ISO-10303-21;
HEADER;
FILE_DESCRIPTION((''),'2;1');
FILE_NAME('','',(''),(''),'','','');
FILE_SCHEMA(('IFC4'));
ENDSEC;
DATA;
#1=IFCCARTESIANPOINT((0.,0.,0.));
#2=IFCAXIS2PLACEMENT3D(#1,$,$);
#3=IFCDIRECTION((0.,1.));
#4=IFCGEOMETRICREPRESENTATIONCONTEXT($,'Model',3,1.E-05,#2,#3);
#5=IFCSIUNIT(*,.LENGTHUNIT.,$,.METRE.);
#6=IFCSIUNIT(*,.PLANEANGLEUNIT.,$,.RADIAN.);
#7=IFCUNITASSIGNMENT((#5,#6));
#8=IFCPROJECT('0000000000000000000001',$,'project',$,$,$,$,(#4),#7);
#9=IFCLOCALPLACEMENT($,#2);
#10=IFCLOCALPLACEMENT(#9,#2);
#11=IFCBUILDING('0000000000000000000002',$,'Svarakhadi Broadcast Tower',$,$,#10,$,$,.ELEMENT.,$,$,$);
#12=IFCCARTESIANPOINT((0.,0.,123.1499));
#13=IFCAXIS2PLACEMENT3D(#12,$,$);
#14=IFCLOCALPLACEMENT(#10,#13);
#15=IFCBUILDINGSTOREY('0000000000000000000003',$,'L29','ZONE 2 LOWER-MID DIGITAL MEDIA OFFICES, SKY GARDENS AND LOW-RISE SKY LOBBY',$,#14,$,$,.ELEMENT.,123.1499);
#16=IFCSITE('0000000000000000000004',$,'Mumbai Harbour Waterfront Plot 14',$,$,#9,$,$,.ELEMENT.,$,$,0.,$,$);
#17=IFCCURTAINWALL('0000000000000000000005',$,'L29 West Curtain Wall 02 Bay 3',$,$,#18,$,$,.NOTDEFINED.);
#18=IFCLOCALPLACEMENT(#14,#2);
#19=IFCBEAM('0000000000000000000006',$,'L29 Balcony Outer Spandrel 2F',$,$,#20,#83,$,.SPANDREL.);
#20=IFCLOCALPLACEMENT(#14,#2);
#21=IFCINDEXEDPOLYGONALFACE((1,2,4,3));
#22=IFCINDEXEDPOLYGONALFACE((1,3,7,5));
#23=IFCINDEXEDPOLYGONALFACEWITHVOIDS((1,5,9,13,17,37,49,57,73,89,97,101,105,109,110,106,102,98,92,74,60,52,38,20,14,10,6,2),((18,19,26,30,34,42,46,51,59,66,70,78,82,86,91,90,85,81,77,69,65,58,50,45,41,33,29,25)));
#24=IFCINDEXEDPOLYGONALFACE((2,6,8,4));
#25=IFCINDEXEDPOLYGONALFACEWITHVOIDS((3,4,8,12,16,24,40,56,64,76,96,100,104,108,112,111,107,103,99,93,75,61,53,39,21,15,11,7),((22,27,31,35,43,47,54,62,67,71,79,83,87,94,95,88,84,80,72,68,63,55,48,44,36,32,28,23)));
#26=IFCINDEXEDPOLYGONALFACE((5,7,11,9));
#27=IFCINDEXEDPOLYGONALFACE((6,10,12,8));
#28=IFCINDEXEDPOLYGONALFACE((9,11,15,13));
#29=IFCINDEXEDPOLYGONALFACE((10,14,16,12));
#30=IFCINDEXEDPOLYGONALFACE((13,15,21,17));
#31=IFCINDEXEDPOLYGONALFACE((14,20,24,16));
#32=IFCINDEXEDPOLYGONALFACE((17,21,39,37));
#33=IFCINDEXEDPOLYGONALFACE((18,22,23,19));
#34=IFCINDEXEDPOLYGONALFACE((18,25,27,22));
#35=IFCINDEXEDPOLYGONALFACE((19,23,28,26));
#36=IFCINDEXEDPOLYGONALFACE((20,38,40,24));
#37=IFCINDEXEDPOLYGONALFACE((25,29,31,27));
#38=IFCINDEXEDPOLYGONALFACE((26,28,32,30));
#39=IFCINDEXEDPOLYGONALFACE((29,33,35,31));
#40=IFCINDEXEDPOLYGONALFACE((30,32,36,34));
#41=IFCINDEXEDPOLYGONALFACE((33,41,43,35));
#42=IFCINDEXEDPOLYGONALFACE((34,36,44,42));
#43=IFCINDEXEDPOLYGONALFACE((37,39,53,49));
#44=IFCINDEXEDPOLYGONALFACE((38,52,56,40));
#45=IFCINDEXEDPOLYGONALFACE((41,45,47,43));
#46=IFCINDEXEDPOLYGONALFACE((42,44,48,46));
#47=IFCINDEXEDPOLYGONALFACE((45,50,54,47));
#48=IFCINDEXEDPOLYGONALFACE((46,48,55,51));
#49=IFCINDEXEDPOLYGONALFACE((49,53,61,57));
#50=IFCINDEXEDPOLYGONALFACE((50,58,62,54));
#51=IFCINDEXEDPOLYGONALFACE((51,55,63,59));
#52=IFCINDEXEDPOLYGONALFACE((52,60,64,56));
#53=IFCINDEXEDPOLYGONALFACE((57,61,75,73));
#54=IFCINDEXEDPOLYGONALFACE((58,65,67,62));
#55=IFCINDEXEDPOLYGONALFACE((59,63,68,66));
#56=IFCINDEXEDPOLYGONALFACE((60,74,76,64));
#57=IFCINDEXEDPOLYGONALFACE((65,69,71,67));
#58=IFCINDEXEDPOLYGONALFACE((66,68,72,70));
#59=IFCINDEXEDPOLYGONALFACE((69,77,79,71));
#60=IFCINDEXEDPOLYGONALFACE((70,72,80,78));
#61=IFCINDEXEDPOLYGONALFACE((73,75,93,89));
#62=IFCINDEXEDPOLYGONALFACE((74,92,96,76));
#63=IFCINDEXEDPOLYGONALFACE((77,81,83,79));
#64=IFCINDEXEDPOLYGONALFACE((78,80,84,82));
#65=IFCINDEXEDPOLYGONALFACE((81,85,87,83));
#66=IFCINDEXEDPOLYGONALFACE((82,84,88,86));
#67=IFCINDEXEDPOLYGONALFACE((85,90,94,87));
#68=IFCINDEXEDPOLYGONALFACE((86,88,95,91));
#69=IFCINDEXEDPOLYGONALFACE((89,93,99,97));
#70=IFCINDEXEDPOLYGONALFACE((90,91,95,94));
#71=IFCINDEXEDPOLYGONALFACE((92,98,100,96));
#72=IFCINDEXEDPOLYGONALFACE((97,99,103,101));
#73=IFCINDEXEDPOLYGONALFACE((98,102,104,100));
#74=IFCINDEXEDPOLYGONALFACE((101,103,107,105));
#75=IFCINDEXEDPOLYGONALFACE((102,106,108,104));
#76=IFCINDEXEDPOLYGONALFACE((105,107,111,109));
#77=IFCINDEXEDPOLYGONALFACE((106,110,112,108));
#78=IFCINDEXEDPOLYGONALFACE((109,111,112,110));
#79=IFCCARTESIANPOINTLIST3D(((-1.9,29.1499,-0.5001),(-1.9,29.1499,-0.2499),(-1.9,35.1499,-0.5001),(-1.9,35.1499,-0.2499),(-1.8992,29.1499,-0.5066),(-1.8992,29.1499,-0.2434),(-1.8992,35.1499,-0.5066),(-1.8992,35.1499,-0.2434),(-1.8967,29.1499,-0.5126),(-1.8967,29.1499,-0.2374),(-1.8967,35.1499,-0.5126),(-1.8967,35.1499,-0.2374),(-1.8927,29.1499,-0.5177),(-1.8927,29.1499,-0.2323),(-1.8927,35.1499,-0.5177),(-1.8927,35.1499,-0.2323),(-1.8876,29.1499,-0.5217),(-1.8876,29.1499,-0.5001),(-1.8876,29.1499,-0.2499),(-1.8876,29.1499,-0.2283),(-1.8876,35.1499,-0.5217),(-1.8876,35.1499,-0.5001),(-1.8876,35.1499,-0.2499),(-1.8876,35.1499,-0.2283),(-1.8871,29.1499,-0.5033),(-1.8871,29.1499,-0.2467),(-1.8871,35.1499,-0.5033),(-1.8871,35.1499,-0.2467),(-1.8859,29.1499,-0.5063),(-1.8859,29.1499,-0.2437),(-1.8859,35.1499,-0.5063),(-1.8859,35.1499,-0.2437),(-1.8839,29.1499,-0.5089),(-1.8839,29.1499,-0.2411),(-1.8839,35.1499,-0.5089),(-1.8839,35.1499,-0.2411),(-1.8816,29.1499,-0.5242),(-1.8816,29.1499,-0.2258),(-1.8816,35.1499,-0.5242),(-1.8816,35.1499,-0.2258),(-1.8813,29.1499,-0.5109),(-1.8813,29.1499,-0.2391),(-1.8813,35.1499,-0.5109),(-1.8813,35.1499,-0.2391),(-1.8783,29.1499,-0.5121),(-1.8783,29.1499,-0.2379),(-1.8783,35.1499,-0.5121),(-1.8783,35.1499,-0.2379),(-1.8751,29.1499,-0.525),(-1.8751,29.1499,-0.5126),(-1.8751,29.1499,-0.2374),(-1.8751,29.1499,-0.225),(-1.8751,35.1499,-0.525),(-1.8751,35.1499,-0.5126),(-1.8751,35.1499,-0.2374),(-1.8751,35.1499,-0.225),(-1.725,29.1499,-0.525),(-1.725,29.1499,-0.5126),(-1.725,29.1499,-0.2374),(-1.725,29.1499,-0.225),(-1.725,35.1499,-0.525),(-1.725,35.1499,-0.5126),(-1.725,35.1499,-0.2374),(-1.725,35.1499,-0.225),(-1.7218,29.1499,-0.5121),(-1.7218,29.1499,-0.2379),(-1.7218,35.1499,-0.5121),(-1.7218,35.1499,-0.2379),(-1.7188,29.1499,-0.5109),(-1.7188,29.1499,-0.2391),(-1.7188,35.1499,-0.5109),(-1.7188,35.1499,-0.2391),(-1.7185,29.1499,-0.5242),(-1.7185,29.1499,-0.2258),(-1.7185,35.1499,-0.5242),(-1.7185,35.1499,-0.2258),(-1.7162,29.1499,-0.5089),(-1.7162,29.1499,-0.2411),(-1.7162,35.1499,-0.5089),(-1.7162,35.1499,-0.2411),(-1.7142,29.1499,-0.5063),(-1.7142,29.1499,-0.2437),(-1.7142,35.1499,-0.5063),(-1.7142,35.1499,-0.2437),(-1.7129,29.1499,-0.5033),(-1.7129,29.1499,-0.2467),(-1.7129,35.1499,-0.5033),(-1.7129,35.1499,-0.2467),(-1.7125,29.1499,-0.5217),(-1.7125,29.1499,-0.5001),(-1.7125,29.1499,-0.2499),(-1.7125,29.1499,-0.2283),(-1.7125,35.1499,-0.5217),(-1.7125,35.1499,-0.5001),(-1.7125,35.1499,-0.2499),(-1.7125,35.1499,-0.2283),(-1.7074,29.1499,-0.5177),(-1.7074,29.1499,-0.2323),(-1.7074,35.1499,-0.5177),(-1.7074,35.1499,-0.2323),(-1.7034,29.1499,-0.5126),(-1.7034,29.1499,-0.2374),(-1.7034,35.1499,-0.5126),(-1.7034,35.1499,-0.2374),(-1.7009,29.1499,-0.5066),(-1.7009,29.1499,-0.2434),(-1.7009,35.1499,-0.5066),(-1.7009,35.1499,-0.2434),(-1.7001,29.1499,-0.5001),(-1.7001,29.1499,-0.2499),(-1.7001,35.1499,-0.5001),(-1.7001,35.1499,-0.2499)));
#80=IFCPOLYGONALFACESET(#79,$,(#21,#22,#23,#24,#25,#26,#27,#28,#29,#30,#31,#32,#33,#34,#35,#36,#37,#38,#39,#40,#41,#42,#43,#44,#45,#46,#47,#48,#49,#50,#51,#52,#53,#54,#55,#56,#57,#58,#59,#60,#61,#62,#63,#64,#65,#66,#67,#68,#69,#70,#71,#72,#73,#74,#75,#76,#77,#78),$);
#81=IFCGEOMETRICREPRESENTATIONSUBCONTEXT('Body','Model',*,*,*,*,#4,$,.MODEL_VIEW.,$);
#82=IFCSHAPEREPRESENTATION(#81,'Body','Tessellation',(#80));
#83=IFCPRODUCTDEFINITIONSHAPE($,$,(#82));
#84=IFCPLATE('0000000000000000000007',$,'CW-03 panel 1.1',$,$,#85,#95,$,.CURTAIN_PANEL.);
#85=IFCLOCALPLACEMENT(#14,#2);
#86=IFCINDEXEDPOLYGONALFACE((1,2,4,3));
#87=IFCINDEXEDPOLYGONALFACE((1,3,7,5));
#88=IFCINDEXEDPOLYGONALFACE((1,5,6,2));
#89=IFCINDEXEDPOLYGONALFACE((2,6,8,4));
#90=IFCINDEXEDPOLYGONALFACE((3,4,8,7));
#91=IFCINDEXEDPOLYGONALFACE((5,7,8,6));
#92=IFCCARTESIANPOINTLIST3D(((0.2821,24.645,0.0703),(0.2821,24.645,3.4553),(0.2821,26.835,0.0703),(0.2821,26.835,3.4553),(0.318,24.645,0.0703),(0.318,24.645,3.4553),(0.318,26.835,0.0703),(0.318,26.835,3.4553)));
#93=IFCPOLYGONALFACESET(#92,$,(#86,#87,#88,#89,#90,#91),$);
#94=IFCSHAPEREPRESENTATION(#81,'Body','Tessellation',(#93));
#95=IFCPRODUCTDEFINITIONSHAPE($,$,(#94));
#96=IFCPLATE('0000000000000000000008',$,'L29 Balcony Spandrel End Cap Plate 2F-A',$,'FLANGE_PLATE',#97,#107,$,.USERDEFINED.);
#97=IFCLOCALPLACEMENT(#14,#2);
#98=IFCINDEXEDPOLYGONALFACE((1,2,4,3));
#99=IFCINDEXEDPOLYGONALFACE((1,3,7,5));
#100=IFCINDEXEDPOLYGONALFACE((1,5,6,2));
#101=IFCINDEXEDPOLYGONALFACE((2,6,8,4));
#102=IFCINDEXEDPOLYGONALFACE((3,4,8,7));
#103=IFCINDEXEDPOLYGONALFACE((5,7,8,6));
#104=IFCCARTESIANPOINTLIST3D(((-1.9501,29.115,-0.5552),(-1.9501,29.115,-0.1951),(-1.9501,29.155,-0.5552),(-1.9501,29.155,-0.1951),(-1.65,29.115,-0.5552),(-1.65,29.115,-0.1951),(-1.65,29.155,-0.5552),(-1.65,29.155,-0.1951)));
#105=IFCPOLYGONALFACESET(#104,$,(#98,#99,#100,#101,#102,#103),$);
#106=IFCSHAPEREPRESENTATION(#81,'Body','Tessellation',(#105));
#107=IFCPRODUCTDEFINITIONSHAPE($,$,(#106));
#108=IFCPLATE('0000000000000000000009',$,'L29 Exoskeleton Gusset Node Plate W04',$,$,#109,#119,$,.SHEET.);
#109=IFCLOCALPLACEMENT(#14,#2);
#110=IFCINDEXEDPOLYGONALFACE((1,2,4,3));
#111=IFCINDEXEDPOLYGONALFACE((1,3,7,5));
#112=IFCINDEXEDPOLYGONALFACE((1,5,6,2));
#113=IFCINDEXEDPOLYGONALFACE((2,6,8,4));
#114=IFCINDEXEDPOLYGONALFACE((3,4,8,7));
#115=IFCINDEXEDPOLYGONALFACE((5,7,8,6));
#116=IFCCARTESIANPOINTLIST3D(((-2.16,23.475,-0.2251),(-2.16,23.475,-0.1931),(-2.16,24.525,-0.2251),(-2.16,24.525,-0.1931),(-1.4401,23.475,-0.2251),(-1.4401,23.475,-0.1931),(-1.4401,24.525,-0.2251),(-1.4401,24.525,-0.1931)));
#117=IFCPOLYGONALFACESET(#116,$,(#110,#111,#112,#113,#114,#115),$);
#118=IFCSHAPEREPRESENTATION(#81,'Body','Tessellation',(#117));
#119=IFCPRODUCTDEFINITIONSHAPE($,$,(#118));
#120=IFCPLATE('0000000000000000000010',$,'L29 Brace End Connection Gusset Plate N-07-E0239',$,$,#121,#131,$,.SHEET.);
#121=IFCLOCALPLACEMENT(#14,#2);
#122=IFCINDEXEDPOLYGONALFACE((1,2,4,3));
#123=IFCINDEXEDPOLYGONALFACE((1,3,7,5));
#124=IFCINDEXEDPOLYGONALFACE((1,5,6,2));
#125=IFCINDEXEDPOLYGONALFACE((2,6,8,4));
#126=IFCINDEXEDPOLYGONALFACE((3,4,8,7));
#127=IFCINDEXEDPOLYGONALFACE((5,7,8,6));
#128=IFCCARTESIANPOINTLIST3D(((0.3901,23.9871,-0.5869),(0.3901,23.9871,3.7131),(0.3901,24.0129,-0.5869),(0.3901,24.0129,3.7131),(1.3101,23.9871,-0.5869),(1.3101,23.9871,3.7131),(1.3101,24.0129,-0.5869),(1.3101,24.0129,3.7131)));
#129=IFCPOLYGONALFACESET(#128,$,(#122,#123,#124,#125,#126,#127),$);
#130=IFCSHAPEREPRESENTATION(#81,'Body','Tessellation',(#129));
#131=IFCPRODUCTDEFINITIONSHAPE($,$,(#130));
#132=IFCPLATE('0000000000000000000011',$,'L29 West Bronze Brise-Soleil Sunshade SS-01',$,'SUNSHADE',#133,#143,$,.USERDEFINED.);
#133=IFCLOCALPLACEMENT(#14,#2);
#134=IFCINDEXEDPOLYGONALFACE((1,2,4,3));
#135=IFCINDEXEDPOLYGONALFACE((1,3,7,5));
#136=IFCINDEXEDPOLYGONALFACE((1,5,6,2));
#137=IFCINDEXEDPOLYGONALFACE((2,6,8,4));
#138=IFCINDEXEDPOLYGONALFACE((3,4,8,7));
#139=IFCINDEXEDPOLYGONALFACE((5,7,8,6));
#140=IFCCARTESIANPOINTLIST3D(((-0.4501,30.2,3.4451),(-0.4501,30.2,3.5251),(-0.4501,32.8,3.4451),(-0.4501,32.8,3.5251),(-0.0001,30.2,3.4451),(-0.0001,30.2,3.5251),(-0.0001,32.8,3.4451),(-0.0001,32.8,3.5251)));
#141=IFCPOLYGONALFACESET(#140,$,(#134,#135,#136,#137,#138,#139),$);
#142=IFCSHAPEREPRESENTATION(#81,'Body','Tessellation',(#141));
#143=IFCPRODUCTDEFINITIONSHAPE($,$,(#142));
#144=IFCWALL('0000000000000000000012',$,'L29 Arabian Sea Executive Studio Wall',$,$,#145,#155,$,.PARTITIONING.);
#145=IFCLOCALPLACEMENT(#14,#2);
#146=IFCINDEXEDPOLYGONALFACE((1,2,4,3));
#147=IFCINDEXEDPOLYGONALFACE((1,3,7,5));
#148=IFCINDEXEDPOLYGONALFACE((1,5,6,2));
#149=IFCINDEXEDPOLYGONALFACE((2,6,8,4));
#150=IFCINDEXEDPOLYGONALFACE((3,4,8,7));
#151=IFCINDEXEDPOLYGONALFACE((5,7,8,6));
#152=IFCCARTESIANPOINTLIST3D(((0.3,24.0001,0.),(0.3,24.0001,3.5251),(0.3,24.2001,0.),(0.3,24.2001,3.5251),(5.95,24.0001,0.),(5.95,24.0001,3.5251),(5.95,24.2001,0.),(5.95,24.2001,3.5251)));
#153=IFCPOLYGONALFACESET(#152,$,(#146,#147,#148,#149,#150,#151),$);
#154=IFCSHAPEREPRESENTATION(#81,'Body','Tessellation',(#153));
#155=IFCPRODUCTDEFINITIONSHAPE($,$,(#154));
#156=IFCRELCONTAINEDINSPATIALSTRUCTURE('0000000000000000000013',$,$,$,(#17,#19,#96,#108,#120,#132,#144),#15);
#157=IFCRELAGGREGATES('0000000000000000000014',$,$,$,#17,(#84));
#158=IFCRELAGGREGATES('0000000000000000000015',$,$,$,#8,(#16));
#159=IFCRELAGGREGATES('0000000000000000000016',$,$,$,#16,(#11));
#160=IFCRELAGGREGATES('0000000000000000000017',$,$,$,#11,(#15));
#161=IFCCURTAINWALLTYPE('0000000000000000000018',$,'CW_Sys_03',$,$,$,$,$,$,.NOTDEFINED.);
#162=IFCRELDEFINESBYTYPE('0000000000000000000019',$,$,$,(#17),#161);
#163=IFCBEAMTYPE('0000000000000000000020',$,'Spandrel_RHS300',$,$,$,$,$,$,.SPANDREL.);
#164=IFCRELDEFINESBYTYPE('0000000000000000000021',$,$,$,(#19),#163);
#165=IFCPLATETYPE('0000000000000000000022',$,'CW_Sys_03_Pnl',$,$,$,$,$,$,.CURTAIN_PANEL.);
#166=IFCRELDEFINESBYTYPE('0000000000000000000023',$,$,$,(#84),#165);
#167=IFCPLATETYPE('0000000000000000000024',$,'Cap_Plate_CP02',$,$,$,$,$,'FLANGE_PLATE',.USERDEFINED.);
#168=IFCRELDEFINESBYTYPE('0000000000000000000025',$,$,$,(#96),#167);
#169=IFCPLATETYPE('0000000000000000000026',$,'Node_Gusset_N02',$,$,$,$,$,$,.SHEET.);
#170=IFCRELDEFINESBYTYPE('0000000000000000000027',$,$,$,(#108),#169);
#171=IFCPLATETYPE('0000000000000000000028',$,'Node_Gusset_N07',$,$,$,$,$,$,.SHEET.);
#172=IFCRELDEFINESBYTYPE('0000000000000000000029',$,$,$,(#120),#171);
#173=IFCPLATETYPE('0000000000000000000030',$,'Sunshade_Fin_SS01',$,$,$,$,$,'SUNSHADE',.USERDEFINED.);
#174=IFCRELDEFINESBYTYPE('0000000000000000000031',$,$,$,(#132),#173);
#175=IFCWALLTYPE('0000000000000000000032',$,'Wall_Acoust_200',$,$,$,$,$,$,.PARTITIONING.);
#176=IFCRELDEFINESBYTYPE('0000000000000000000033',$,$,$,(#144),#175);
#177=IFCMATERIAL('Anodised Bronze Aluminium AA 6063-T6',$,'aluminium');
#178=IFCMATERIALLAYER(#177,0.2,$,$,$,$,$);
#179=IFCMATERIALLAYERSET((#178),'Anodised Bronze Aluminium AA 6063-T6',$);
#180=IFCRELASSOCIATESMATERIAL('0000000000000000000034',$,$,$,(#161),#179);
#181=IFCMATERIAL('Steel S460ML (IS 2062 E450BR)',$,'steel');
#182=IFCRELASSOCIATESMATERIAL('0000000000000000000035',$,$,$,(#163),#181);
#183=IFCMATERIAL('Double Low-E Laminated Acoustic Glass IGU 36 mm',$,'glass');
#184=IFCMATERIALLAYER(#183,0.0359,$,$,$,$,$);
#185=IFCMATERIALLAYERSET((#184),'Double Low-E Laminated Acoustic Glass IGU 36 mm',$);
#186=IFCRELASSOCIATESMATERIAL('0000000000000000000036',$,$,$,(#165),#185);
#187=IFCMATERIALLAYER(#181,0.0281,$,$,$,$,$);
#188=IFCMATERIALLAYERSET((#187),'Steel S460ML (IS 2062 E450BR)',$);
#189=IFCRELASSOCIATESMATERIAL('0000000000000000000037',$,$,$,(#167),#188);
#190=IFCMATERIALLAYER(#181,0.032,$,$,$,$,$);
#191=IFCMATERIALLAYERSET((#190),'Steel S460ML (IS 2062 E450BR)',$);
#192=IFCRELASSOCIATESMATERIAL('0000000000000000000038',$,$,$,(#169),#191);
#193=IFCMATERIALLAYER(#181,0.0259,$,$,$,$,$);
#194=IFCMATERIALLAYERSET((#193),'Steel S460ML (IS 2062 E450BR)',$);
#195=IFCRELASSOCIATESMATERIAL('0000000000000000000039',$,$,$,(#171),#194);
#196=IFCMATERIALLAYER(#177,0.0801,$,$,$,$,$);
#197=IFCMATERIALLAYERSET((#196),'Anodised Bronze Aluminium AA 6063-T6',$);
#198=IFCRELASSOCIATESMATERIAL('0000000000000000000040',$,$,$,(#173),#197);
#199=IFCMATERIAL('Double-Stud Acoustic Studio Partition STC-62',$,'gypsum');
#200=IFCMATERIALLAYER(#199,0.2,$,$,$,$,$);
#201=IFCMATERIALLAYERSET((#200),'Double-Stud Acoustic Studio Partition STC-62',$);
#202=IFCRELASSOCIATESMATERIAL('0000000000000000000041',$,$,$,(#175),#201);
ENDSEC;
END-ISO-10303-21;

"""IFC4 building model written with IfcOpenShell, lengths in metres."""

from ifc_helpers import new_model, si_unit, direction, frame, frame_2d, origin, origin_2d, place, context, subcontext, project, spatial, rectangle, hollow_rectangle, extrude, material, layer, layer_set, material_profile, profile_set, type_object, element, aggregate, save


model = new_model("IFC4")

# Units and contexts
model_context = context("Model", 3, precision=1e-05, world=origin(), true_north=direction((0.0, 1.0)))
body_context = subcontext(model_context, "Body", "Model", "MODEL_VIEW")
ifc_project = project(units=[si_unit("LENGTHUNIT", "METRE"), si_unit("PLANEANGLEUNIT", "RADIAN")], contexts=[model_context])

# Site, building, storey
site_placement = place(None, origin())
site = spatial("IfcSite", under=ifc_project, at=site_placement, Name="Mumbai Harbour Waterfront Plot 14", CompositionType="ELEMENT", RefElevation=0.0)
building_placement = place(site_placement, origin())
building = spatial("IfcBuilding", under=site, at=building_placement, Name="Svarakhadi Broadcast Tower", CompositionType="ELEMENT")
storey_placement = place(building_placement, frame((0.0, 0.0, 123.1499)))
storey = spatial("IfcBuildingStorey", under=building, at=storey_placement, Name="L29", Description="ZONE 2 LOWER-MID DIGITAL MEDIA OFFICES, SKY GARDENS AND LOW-RISE SKY LOBBY", CompositionType="ELEMENT", Elevation=123.1499)

# Shared definitions
ifc_material_1 = material(Name="Steel S460ML (IS 2062 E450BR)", Category="steel")

# Shared definitions
ifc_material_2 = material(Name="Anodised Bronze Aluminium AA 6063-T6", Category="aluminium")
ifc_layer_1 = layer(ifc_material_2, 0.2)
ifc_layer_set_1 = layer_set([ifc_layer_1], Name="Anodised Bronze Aluminium AA 6063-T6")
curtain_wall_type = type_object("IfcCurtainWallType", Name="CW_Sys_03", PredefinedType="NOTDEFINED", material=ifc_layer_set_1)

# Curtain wall
curtain_wall_1_placement = place(storey_placement, origin())
curtain_wall_1 = element("IfcCurtainWall", 1, at=curtain_wall_1_placement, inside=storey, type_object=curtain_wall_type, Name="L29 West Curtain Wall 02 Bay 3", PredefinedType="NOTDEFINED")

# Beam
ifc_material_profile_1 = material_profile(ifc_material_1, hollow_rectangle(XDim=0.2, YDim=0.3, WallThickness=0.0125, InnerFilletRadius=0.0125, OuterFilletRadius=0.0249, at=origin_2d()), Name="RHS 300x200x12.5")
ifc_profile_set_1 = profile_set([ifc_material_profile_1], Name="Steel S460ML (IS 2062 E450BR)")
beam_type_1 = type_object("IfcBeamType", Name="Spandrel_RHS300", PredefinedType="SPANDREL", material=ifc_profile_set_1)
beam_1_placement = place(storey_placement, frame((-1.8, 29.1499, -0.375), z_axis=(0.0, 1.0, 0.0), x_axis=(-1.0, 0.0, 0.0)))
element("IfcBeam", 2, at=beam_1_placement, inside=storey, type_object=beam_type_1, Name="L29 Balcony Outer Spandrel 2F", PredefinedType="SPANDREL", context=body_context, shape_type="SweptSolid", body=[
    extrude(hollow_rectangle(XDim=0.2, YDim=0.3, WallThickness=0.0125, InnerFilletRadius=0.0125, OuterFilletRadius=0.0249, at=origin_2d()), origin(), (0.0, 0.0, 1.0), 6.0),
])

# Plate
ifc_material_3 = material(Name="Double Low-E Laminated Acoustic Glass IGU 36 mm", Category="glass")
ifc_layer_2 = layer(ifc_material_3, 0.0359)
ifc_layer_set_2 = layer_set([ifc_layer_2], Name="Double Low-E Laminated Acoustic Glass IGU 36 mm")
plate_type_1 = type_object("IfcPlateType", Name="CW_Sys_03_Pnl", PredefinedType="CURTAIN_PANEL", material=ifc_layer_set_2)
plate_1_placement = place(storey_placement, frame((0.3, 25.74, 0.0703), z_axis=(0.0, 0.0, 1.0), x_axis=(0.0, 1.0, 0.0)))
plate_1 = element("IfcPlate", 3, at=plate_1_placement, type_object=plate_type_1, Name="CW-03 panel 1.1", PredefinedType="CURTAIN_PANEL", context=body_context, shape_type="SweptSolid", body=[
    extrude(rectangle(XDim=2.1899, YDim=0.0359, at=origin_2d()), origin(), (0.0, 0.0, 1.0), 3.385),
])
aggregate(curtain_wall_1, [plate_1])

# Plates
ifc_layer_3 = layer(ifc_material_1, 0.0281)
ifc_layer_set_3 = layer_set([ifc_layer_3], Name="Steel S460ML (IS 2062 E450BR)")
plate_type_2 = type_object("IfcPlateType", Name="Cap_Plate_CP02", ElementType="FLANGE_PLATE", PredefinedType="USERDEFINED", material=ifc_layer_set_3)
plate_2_placement = place(storey_placement, frame((-1.8, 29.135, -0.5552), z_axis=(0.0, 0.0, 1.0), x_axis=(1.0, 0.0, 0.0)))
element("IfcPlate", 4, at=plate_2_placement, inside=storey, type_object=plate_type_2, Name="L29 Balcony Spandrel End Cap Plate 2F-A", ObjectType="FLANGE_PLATE", PredefinedType="USERDEFINED", context=body_context, shape_type="SweptSolid", body=[
    extrude(rectangle(XDim=0.3, YDim=0.04, at=origin_2d()), origin(), (0.0, 0.0, 1.0), 0.3601),
])
ifc_layer_4 = layer(ifc_material_1, 0.032)
ifc_layer_set_4 = layer_set([ifc_layer_4], Name="Steel S460ML (IS 2062 E450BR)")
plate_type_3 = type_object("IfcPlateType", Name="Node_Gusset_N02", PredefinedType="SHEET", material=ifc_layer_set_4)
plate_3_placement = place(storey_placement, frame((-1.8, 24.0, -0.2251), z_axis=(0.0, 0.0, 1.0), x_axis=(0.0, 1.0, 0.0)))
element("IfcPlate", 5, at=plate_3_placement, inside=storey, type_object=plate_type_3, Name="L29 Exoskeleton Gusset Node Plate W04", PredefinedType="SHEET", context=body_context, shape_type="SweptSolid", body=[
    extrude(rectangle(XDim=1.05, YDim=0.72, at=origin_2d()), origin(), (0.0, 0.0, 1.0), 0.032),
])
ifc_layer_5 = layer(ifc_material_1, 0.0259)
ifc_layer_set_5 = layer_set([ifc_layer_5], Name="Steel S460ML (IS 2062 E450BR)")
plate_type_4 = type_object("IfcPlateType", Name="Node_Gusset_N07", PredefinedType="SHEET", material=ifc_layer_set_5)
plate_4_placement = place(storey_placement, frame((0.8501, 24.0, -0.5869), z_axis=(0.0, 0.0, 1.0), x_axis=(1.0, 0.0, 0.0)))
element("IfcPlate", 6, at=plate_4_placement, inside=storey, type_object=plate_type_4, Name="L29 Brace End Connection Gusset Plate N-07-E0239", PredefinedType="SHEET", context=body_context, shape_type="SweptSolid", body=[
    extrude(rectangle(XDim=0.9199, YDim=0.0259, at=origin_2d()), origin(), (0.0, 0.0, 1.0), 4.3),
])
ifc_layer_6 = layer(ifc_material_2, 0.0801)
ifc_layer_set_6 = layer_set([ifc_layer_6], Name="Anodised Bronze Aluminium AA 6063-T6")
plate_type_5 = type_object("IfcPlateType", Name="Sunshade_Fin_SS01", ElementType="SUNSHADE", PredefinedType="USERDEFINED", material=ifc_layer_set_6)
plate_5_placement = place(storey_placement, frame((-0.2251, 31.5, 3.4451), z_axis=(0.0, 0.0, 1.0), x_axis=(0.0, 1.0, 0.0)))
element("IfcPlate", 7, at=plate_5_placement, inside=storey, type_object=plate_type_5, Name="L29 West Bronze Brise-Soleil Sunshade SS-01", ObjectType="SUNSHADE", PredefinedType="USERDEFINED", context=body_context, shape_type="SweptSolid", body=[
    extrude(rectangle(XDim=2.6001, YDim=0.45, at=origin_2d()), origin(), (0.0, 0.0, 1.0), 0.0801),
])

# Wall
ifc_material_4 = material(Name="Double-Stud Acoustic Studio Partition STC-62", Category="gypsum")
ifc_layer_7 = layer(ifc_material_4, 0.2)
ifc_layer_set_7 = layer_set([ifc_layer_7], Name="Double-Stud Acoustic Studio Partition STC-62")
wall_type_1 = type_object("IfcWallType", Name="Wall_Acoust_200", PredefinedType="PARTITIONING", material=ifc_layer_set_7)
wall_1_placement = place(storey_placement, frame((0.3, 24.1001, 0.0), z_axis=(0.0, 0.0, 1.0), x_axis=(1.0, 0.0, 0.0)))
element("IfcWall", 8, at=wall_1_placement, inside=storey, type_object=wall_type_1, Name="L29 Arabian Sea Executive Studio Wall", PredefinedType="PARTITIONING", context=body_context, shape_type="SweptSolid", body=[
    extrude(rectangle(XDim=5.6499, YDim=0.2, at=frame_2d((2.825, 0.0))), origin(), (0.0, 0.0, 1.0), 3.5251),
])

save(model, "model.ifc")
